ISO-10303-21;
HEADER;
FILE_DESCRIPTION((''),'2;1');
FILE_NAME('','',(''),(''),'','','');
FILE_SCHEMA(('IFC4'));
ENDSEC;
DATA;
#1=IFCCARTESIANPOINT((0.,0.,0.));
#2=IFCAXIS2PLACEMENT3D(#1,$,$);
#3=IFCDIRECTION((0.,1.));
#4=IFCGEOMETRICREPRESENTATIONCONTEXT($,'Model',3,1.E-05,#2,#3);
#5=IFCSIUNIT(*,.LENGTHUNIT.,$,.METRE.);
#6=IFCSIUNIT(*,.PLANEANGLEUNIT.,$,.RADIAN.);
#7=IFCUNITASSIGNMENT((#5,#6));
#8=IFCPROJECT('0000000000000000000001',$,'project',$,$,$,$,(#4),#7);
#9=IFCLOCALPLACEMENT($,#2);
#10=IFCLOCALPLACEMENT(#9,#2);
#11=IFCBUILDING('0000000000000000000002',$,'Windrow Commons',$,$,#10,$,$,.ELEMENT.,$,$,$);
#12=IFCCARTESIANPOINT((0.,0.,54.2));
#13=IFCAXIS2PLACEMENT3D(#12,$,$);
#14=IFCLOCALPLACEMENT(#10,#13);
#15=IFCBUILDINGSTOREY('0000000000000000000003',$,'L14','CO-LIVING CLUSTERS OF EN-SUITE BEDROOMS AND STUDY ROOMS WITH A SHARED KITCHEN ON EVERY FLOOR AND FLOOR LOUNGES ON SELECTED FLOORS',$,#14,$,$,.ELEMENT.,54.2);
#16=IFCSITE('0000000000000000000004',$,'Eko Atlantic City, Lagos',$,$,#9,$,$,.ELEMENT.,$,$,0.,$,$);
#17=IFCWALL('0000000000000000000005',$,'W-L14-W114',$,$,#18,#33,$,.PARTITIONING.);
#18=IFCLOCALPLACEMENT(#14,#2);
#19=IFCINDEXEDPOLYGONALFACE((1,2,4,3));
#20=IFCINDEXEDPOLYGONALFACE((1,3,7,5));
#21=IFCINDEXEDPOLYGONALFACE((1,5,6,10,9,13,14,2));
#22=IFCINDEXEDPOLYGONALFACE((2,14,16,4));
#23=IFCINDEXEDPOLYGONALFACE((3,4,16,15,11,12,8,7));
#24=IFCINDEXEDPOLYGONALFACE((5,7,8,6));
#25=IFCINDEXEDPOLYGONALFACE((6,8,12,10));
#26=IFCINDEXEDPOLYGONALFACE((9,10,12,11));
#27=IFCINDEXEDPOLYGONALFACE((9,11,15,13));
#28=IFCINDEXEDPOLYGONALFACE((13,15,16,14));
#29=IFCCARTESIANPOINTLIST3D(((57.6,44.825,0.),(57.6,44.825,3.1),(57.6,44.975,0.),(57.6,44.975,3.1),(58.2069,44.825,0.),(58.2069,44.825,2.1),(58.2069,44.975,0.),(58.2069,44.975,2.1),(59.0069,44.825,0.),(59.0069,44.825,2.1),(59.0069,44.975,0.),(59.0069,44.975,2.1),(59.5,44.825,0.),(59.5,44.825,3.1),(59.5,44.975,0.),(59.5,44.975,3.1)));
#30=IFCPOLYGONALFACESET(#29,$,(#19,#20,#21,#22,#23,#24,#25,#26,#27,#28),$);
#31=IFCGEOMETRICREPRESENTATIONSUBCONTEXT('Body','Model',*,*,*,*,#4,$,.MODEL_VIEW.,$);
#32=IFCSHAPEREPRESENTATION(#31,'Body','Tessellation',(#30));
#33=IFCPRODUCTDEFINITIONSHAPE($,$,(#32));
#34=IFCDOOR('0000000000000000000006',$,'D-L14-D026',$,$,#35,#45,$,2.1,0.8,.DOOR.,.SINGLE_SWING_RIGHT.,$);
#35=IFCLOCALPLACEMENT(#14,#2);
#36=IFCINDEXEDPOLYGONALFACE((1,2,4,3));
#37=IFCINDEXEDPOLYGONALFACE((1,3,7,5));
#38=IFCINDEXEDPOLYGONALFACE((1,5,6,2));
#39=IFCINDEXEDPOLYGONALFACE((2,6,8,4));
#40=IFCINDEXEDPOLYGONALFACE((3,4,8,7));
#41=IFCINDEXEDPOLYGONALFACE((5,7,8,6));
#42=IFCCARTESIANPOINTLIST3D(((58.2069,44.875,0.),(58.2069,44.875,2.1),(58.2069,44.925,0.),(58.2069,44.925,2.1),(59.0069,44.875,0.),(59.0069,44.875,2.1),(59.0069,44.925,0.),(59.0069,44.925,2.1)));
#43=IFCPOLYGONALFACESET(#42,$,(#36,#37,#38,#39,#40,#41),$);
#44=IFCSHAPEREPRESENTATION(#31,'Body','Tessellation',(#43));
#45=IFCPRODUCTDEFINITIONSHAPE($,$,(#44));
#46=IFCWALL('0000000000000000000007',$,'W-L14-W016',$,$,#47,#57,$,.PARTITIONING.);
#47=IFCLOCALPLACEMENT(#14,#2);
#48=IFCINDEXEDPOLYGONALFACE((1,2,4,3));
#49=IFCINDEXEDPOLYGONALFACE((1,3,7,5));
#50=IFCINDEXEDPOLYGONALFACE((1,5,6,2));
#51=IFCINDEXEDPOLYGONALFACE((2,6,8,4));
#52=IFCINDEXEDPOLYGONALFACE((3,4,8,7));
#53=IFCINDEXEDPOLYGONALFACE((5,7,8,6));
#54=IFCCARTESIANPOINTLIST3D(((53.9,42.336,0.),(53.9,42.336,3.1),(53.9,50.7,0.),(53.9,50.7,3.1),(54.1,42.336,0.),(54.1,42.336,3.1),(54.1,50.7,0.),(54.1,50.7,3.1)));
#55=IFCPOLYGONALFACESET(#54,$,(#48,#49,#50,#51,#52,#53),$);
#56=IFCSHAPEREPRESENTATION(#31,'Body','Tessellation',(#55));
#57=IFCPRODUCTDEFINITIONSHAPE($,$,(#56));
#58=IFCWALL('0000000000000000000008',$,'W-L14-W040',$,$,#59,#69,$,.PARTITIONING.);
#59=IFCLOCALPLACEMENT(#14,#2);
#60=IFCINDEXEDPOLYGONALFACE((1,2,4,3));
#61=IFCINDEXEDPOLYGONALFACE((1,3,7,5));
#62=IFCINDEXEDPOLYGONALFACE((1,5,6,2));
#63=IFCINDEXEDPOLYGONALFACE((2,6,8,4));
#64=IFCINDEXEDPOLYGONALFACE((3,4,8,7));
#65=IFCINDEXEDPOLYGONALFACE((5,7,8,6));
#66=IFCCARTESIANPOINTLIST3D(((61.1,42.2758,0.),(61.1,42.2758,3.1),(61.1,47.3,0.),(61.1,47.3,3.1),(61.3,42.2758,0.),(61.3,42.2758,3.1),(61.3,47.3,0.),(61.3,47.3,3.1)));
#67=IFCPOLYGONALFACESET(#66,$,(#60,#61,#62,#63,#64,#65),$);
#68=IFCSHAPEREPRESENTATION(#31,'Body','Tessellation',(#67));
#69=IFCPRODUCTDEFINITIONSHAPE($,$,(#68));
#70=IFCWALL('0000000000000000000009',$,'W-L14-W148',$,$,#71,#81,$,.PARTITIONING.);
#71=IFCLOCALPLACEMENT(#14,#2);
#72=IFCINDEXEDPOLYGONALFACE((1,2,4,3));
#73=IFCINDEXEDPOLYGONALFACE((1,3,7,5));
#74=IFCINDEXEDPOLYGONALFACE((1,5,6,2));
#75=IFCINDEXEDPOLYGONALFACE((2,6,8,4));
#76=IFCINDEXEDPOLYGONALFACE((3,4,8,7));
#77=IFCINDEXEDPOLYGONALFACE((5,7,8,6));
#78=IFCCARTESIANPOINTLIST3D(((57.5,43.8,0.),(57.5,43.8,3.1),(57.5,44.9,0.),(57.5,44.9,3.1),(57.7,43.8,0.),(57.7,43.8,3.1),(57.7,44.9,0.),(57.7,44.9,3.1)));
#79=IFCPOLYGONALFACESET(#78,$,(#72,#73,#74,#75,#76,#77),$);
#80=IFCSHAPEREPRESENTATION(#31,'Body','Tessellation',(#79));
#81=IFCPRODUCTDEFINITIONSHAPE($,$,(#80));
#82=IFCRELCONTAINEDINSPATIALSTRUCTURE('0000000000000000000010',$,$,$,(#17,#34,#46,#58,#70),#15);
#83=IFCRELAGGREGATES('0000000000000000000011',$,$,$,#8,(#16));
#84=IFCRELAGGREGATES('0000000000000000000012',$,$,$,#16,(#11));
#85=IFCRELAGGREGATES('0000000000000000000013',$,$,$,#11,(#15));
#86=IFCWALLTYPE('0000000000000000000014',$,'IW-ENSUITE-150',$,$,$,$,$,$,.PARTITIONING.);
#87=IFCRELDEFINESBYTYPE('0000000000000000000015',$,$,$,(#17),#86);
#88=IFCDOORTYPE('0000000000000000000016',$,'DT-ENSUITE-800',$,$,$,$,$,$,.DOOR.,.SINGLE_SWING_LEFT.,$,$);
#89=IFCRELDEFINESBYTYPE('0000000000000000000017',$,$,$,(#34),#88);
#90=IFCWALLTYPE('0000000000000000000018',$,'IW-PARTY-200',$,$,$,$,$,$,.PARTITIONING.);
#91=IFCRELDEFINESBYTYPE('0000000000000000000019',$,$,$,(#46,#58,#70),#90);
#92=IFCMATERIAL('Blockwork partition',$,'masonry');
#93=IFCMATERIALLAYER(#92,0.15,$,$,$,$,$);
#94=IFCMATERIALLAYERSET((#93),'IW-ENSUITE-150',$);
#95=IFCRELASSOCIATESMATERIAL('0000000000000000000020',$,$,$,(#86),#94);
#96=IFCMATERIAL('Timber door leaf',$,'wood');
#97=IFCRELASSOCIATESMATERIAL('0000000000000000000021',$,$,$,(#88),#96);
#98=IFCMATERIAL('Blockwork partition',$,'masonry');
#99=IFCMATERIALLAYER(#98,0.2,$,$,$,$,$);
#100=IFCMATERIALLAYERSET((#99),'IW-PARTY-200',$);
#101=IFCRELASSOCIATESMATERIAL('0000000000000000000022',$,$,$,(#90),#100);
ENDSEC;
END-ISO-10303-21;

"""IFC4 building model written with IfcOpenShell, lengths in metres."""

from ifc_helpers import new_model, si_unit, direction, frame, frame_2d, origin, place, context, subcontext, project, spatial, rectangle, extrude, material, layer, layer_set, type_object, element, fill, save


model = new_model("IFC4")

# Units and contexts
model_context = context("Model", 3, precision=1e-05, world=origin(), true_north=direction((0.0, 1.0)))
body_context = subcontext(model_context, "Body", "Model", "MODEL_VIEW")
ifc_project = project(units=[si_unit("LENGTHUNIT", "METRE"), si_unit("PLANEANGLEUNIT", "RADIAN")], contexts=[model_context])

# Site, building, storey
site_placement = place(None, origin())
site = spatial("IfcSite", under=ifc_project, at=site_placement, Name="Eko Atlantic City, Lagos", CompositionType="ELEMENT", RefElevation=0.0)
building_placement = place(site_placement, origin())
building = spatial("IfcBuilding", under=site, at=building_placement, Name="Windrow Commons", CompositionType="ELEMENT")
storey_placement = place(building_placement, frame((0.0, 0.0, 54.2)))
storey = spatial("IfcBuildingStorey", under=building, at=storey_placement, Name="L14", Description="CO-LIVING CLUSTERS OF EN-SUITE BEDROOMS AND STUDY ROOMS WITH A SHARED KITCHEN ON EVERY FLOOR AND FLOOR LOUNGES ON SELECTED FLOORS", CompositionType="ELEMENT", Elevation=54.2)

# Shared definitions
ifc_material_1 = material(Name="Blockwork partition", Category="masonry")
ifc_layer_1 = layer(ifc_material_1, 0.15)
ifc_layer_set_1 = layer_set([ifc_layer_1], Name="IW-ENSUITE-150")
wall_type_1 = type_object("IfcWallType", Name="IW-ENSUITE-150", PredefinedType="PARTITIONING", material=ifc_layer_set_1)

# Wall, opening, door
wall_1_placement = place(storey_placement, frame((57.6, 44.9, 0.0), z_axis=(0.0, 0.0, 1.0), x_axis=(1.0, 0.0, 0.0)))
wall_1 = element("IfcWall", 1, at=wall_1_placement, inside=storey, type_object=wall_type_1, Name="W-L14-W114", PredefinedType="PARTITIONING", context=body_context, shape_type="SweptSolid", body=[
    extrude(rectangle(XDim=1.9, YDim=0.15, at=frame_2d((0.95, 0.0))), origin(), (0.0, 0.0, 1.0), 3.1),
])
opening_1_placement = place(wall_1_placement, frame((0.6069, 0.0, 0.0)))
opening_1 = element("IfcOpeningElement", 2, at=opening_1_placement, cuts=wall_1, PredefinedType="OPENING", context=body_context, shape_type="SweptSolid", body=[
    extrude(rectangle(XDim=0.8, YDim=2.1, at=frame_2d((0.4, 1.05))), frame((0.0, 0.085, 0.0), z_axis=(0.0, -1.0, 0.0), x_axis=(1.0, 0.0, 0.0)), (0.0, 0.0, 1.0), 0.17),
])
ifc_material_2 = material(Name="Timber door leaf", Category="wood")
door_type = type_object("IfcDoorType", Name="DT-ENSUITE-800", OperationType="SINGLE_SWING_LEFT", PredefinedType="DOOR", material=ifc_material_2)
door_placement = place(opening_1_placement, origin())
door = element("IfcDoor", 3, at=door_placement, inside=storey, type_object=door_type, Name="D-L14-D026", OperationType="SINGLE_SWING_RIGHT", OverallHeight=2.1, OverallWidth=0.8, PredefinedType="DOOR", context=body_context, shape_type="SweptSolid", body=[
    extrude(rectangle(XDim=0.8, YDim=2.1, at=frame_2d((0.4, 1.05))), frame((0.0, 0.025, 0.0), z_axis=(0.0, -1.0, 0.0), x_axis=(1.0, 0.0, 0.0)), (0.0, 0.0, 1.0), 0.05),
])
fill(opening_1, door)

# Walls
ifc_material_3 = material(Name="Blockwork partition", Category="masonry")
ifc_layer_2 = layer(ifc_material_3, 0.2)
ifc_layer_set_2 = layer_set([ifc_layer_2], Name="IW-PARTY-200")
wall_type_2 = type_object("IfcWallType", Name="IW-PARTY-200", PredefinedType="PARTITIONING", material=ifc_layer_set_2)
wall_2_placement = place(storey_placement, frame((54.0, 42.3361, 0.0), z_axis=(0.0, 0.0, 1.0), x_axis=(0.0, 1.0, 0.0)))
element("IfcWall", 4, at=wall_2_placement, inside=storey, type_object=wall_type_2, Name="W-L14-W016", PredefinedType="PARTITIONING", context=body_context, shape_type="SweptSolid", body=[
    extrude(rectangle(XDim=8.3639, YDim=0.2, at=frame_2d((4.1819, 0.0))), origin(), (0.0, 0.0, 1.0), 3.1),
])
wall_3_placement = place(storey_placement, frame((61.2, 42.2758, 0.0), z_axis=(0.0, 0.0, 1.0), x_axis=(0.0, 1.0, 0.0)))
element("IfcWall", 5, at=wall_3_placement, inside=storey, type_object=wall_type_2, Name="W-L14-W040", PredefinedType="PARTITIONING", context=body_context, shape_type="SweptSolid", body=[
    extrude(rectangle(XDim=5.0242, YDim=0.2, at=frame_2d((2.5121, 0.0))), origin(), (0.0, 0.0, 1.0), 3.1),
])
wall_4_placement = place(storey_placement, frame((57.6, 43.8, 0.0), z_axis=(0.0, 0.0, 1.0), x_axis=(0.0, 1.0, 0.0)))
element("IfcWall", 6, at=wall_4_placement, inside=storey, type_object=wall_type_2, Name="W-L14-W148", PredefinedType="PARTITIONING", context=body_context, shape_type="SweptSolid", body=[
    extrude(rectangle(XDim=1.1, YDim=0.2, at=frame_2d((0.55, 0.0))), origin(), (0.0, 0.0, 1.0), 3.1),
])

save(model, "model.ifc")
